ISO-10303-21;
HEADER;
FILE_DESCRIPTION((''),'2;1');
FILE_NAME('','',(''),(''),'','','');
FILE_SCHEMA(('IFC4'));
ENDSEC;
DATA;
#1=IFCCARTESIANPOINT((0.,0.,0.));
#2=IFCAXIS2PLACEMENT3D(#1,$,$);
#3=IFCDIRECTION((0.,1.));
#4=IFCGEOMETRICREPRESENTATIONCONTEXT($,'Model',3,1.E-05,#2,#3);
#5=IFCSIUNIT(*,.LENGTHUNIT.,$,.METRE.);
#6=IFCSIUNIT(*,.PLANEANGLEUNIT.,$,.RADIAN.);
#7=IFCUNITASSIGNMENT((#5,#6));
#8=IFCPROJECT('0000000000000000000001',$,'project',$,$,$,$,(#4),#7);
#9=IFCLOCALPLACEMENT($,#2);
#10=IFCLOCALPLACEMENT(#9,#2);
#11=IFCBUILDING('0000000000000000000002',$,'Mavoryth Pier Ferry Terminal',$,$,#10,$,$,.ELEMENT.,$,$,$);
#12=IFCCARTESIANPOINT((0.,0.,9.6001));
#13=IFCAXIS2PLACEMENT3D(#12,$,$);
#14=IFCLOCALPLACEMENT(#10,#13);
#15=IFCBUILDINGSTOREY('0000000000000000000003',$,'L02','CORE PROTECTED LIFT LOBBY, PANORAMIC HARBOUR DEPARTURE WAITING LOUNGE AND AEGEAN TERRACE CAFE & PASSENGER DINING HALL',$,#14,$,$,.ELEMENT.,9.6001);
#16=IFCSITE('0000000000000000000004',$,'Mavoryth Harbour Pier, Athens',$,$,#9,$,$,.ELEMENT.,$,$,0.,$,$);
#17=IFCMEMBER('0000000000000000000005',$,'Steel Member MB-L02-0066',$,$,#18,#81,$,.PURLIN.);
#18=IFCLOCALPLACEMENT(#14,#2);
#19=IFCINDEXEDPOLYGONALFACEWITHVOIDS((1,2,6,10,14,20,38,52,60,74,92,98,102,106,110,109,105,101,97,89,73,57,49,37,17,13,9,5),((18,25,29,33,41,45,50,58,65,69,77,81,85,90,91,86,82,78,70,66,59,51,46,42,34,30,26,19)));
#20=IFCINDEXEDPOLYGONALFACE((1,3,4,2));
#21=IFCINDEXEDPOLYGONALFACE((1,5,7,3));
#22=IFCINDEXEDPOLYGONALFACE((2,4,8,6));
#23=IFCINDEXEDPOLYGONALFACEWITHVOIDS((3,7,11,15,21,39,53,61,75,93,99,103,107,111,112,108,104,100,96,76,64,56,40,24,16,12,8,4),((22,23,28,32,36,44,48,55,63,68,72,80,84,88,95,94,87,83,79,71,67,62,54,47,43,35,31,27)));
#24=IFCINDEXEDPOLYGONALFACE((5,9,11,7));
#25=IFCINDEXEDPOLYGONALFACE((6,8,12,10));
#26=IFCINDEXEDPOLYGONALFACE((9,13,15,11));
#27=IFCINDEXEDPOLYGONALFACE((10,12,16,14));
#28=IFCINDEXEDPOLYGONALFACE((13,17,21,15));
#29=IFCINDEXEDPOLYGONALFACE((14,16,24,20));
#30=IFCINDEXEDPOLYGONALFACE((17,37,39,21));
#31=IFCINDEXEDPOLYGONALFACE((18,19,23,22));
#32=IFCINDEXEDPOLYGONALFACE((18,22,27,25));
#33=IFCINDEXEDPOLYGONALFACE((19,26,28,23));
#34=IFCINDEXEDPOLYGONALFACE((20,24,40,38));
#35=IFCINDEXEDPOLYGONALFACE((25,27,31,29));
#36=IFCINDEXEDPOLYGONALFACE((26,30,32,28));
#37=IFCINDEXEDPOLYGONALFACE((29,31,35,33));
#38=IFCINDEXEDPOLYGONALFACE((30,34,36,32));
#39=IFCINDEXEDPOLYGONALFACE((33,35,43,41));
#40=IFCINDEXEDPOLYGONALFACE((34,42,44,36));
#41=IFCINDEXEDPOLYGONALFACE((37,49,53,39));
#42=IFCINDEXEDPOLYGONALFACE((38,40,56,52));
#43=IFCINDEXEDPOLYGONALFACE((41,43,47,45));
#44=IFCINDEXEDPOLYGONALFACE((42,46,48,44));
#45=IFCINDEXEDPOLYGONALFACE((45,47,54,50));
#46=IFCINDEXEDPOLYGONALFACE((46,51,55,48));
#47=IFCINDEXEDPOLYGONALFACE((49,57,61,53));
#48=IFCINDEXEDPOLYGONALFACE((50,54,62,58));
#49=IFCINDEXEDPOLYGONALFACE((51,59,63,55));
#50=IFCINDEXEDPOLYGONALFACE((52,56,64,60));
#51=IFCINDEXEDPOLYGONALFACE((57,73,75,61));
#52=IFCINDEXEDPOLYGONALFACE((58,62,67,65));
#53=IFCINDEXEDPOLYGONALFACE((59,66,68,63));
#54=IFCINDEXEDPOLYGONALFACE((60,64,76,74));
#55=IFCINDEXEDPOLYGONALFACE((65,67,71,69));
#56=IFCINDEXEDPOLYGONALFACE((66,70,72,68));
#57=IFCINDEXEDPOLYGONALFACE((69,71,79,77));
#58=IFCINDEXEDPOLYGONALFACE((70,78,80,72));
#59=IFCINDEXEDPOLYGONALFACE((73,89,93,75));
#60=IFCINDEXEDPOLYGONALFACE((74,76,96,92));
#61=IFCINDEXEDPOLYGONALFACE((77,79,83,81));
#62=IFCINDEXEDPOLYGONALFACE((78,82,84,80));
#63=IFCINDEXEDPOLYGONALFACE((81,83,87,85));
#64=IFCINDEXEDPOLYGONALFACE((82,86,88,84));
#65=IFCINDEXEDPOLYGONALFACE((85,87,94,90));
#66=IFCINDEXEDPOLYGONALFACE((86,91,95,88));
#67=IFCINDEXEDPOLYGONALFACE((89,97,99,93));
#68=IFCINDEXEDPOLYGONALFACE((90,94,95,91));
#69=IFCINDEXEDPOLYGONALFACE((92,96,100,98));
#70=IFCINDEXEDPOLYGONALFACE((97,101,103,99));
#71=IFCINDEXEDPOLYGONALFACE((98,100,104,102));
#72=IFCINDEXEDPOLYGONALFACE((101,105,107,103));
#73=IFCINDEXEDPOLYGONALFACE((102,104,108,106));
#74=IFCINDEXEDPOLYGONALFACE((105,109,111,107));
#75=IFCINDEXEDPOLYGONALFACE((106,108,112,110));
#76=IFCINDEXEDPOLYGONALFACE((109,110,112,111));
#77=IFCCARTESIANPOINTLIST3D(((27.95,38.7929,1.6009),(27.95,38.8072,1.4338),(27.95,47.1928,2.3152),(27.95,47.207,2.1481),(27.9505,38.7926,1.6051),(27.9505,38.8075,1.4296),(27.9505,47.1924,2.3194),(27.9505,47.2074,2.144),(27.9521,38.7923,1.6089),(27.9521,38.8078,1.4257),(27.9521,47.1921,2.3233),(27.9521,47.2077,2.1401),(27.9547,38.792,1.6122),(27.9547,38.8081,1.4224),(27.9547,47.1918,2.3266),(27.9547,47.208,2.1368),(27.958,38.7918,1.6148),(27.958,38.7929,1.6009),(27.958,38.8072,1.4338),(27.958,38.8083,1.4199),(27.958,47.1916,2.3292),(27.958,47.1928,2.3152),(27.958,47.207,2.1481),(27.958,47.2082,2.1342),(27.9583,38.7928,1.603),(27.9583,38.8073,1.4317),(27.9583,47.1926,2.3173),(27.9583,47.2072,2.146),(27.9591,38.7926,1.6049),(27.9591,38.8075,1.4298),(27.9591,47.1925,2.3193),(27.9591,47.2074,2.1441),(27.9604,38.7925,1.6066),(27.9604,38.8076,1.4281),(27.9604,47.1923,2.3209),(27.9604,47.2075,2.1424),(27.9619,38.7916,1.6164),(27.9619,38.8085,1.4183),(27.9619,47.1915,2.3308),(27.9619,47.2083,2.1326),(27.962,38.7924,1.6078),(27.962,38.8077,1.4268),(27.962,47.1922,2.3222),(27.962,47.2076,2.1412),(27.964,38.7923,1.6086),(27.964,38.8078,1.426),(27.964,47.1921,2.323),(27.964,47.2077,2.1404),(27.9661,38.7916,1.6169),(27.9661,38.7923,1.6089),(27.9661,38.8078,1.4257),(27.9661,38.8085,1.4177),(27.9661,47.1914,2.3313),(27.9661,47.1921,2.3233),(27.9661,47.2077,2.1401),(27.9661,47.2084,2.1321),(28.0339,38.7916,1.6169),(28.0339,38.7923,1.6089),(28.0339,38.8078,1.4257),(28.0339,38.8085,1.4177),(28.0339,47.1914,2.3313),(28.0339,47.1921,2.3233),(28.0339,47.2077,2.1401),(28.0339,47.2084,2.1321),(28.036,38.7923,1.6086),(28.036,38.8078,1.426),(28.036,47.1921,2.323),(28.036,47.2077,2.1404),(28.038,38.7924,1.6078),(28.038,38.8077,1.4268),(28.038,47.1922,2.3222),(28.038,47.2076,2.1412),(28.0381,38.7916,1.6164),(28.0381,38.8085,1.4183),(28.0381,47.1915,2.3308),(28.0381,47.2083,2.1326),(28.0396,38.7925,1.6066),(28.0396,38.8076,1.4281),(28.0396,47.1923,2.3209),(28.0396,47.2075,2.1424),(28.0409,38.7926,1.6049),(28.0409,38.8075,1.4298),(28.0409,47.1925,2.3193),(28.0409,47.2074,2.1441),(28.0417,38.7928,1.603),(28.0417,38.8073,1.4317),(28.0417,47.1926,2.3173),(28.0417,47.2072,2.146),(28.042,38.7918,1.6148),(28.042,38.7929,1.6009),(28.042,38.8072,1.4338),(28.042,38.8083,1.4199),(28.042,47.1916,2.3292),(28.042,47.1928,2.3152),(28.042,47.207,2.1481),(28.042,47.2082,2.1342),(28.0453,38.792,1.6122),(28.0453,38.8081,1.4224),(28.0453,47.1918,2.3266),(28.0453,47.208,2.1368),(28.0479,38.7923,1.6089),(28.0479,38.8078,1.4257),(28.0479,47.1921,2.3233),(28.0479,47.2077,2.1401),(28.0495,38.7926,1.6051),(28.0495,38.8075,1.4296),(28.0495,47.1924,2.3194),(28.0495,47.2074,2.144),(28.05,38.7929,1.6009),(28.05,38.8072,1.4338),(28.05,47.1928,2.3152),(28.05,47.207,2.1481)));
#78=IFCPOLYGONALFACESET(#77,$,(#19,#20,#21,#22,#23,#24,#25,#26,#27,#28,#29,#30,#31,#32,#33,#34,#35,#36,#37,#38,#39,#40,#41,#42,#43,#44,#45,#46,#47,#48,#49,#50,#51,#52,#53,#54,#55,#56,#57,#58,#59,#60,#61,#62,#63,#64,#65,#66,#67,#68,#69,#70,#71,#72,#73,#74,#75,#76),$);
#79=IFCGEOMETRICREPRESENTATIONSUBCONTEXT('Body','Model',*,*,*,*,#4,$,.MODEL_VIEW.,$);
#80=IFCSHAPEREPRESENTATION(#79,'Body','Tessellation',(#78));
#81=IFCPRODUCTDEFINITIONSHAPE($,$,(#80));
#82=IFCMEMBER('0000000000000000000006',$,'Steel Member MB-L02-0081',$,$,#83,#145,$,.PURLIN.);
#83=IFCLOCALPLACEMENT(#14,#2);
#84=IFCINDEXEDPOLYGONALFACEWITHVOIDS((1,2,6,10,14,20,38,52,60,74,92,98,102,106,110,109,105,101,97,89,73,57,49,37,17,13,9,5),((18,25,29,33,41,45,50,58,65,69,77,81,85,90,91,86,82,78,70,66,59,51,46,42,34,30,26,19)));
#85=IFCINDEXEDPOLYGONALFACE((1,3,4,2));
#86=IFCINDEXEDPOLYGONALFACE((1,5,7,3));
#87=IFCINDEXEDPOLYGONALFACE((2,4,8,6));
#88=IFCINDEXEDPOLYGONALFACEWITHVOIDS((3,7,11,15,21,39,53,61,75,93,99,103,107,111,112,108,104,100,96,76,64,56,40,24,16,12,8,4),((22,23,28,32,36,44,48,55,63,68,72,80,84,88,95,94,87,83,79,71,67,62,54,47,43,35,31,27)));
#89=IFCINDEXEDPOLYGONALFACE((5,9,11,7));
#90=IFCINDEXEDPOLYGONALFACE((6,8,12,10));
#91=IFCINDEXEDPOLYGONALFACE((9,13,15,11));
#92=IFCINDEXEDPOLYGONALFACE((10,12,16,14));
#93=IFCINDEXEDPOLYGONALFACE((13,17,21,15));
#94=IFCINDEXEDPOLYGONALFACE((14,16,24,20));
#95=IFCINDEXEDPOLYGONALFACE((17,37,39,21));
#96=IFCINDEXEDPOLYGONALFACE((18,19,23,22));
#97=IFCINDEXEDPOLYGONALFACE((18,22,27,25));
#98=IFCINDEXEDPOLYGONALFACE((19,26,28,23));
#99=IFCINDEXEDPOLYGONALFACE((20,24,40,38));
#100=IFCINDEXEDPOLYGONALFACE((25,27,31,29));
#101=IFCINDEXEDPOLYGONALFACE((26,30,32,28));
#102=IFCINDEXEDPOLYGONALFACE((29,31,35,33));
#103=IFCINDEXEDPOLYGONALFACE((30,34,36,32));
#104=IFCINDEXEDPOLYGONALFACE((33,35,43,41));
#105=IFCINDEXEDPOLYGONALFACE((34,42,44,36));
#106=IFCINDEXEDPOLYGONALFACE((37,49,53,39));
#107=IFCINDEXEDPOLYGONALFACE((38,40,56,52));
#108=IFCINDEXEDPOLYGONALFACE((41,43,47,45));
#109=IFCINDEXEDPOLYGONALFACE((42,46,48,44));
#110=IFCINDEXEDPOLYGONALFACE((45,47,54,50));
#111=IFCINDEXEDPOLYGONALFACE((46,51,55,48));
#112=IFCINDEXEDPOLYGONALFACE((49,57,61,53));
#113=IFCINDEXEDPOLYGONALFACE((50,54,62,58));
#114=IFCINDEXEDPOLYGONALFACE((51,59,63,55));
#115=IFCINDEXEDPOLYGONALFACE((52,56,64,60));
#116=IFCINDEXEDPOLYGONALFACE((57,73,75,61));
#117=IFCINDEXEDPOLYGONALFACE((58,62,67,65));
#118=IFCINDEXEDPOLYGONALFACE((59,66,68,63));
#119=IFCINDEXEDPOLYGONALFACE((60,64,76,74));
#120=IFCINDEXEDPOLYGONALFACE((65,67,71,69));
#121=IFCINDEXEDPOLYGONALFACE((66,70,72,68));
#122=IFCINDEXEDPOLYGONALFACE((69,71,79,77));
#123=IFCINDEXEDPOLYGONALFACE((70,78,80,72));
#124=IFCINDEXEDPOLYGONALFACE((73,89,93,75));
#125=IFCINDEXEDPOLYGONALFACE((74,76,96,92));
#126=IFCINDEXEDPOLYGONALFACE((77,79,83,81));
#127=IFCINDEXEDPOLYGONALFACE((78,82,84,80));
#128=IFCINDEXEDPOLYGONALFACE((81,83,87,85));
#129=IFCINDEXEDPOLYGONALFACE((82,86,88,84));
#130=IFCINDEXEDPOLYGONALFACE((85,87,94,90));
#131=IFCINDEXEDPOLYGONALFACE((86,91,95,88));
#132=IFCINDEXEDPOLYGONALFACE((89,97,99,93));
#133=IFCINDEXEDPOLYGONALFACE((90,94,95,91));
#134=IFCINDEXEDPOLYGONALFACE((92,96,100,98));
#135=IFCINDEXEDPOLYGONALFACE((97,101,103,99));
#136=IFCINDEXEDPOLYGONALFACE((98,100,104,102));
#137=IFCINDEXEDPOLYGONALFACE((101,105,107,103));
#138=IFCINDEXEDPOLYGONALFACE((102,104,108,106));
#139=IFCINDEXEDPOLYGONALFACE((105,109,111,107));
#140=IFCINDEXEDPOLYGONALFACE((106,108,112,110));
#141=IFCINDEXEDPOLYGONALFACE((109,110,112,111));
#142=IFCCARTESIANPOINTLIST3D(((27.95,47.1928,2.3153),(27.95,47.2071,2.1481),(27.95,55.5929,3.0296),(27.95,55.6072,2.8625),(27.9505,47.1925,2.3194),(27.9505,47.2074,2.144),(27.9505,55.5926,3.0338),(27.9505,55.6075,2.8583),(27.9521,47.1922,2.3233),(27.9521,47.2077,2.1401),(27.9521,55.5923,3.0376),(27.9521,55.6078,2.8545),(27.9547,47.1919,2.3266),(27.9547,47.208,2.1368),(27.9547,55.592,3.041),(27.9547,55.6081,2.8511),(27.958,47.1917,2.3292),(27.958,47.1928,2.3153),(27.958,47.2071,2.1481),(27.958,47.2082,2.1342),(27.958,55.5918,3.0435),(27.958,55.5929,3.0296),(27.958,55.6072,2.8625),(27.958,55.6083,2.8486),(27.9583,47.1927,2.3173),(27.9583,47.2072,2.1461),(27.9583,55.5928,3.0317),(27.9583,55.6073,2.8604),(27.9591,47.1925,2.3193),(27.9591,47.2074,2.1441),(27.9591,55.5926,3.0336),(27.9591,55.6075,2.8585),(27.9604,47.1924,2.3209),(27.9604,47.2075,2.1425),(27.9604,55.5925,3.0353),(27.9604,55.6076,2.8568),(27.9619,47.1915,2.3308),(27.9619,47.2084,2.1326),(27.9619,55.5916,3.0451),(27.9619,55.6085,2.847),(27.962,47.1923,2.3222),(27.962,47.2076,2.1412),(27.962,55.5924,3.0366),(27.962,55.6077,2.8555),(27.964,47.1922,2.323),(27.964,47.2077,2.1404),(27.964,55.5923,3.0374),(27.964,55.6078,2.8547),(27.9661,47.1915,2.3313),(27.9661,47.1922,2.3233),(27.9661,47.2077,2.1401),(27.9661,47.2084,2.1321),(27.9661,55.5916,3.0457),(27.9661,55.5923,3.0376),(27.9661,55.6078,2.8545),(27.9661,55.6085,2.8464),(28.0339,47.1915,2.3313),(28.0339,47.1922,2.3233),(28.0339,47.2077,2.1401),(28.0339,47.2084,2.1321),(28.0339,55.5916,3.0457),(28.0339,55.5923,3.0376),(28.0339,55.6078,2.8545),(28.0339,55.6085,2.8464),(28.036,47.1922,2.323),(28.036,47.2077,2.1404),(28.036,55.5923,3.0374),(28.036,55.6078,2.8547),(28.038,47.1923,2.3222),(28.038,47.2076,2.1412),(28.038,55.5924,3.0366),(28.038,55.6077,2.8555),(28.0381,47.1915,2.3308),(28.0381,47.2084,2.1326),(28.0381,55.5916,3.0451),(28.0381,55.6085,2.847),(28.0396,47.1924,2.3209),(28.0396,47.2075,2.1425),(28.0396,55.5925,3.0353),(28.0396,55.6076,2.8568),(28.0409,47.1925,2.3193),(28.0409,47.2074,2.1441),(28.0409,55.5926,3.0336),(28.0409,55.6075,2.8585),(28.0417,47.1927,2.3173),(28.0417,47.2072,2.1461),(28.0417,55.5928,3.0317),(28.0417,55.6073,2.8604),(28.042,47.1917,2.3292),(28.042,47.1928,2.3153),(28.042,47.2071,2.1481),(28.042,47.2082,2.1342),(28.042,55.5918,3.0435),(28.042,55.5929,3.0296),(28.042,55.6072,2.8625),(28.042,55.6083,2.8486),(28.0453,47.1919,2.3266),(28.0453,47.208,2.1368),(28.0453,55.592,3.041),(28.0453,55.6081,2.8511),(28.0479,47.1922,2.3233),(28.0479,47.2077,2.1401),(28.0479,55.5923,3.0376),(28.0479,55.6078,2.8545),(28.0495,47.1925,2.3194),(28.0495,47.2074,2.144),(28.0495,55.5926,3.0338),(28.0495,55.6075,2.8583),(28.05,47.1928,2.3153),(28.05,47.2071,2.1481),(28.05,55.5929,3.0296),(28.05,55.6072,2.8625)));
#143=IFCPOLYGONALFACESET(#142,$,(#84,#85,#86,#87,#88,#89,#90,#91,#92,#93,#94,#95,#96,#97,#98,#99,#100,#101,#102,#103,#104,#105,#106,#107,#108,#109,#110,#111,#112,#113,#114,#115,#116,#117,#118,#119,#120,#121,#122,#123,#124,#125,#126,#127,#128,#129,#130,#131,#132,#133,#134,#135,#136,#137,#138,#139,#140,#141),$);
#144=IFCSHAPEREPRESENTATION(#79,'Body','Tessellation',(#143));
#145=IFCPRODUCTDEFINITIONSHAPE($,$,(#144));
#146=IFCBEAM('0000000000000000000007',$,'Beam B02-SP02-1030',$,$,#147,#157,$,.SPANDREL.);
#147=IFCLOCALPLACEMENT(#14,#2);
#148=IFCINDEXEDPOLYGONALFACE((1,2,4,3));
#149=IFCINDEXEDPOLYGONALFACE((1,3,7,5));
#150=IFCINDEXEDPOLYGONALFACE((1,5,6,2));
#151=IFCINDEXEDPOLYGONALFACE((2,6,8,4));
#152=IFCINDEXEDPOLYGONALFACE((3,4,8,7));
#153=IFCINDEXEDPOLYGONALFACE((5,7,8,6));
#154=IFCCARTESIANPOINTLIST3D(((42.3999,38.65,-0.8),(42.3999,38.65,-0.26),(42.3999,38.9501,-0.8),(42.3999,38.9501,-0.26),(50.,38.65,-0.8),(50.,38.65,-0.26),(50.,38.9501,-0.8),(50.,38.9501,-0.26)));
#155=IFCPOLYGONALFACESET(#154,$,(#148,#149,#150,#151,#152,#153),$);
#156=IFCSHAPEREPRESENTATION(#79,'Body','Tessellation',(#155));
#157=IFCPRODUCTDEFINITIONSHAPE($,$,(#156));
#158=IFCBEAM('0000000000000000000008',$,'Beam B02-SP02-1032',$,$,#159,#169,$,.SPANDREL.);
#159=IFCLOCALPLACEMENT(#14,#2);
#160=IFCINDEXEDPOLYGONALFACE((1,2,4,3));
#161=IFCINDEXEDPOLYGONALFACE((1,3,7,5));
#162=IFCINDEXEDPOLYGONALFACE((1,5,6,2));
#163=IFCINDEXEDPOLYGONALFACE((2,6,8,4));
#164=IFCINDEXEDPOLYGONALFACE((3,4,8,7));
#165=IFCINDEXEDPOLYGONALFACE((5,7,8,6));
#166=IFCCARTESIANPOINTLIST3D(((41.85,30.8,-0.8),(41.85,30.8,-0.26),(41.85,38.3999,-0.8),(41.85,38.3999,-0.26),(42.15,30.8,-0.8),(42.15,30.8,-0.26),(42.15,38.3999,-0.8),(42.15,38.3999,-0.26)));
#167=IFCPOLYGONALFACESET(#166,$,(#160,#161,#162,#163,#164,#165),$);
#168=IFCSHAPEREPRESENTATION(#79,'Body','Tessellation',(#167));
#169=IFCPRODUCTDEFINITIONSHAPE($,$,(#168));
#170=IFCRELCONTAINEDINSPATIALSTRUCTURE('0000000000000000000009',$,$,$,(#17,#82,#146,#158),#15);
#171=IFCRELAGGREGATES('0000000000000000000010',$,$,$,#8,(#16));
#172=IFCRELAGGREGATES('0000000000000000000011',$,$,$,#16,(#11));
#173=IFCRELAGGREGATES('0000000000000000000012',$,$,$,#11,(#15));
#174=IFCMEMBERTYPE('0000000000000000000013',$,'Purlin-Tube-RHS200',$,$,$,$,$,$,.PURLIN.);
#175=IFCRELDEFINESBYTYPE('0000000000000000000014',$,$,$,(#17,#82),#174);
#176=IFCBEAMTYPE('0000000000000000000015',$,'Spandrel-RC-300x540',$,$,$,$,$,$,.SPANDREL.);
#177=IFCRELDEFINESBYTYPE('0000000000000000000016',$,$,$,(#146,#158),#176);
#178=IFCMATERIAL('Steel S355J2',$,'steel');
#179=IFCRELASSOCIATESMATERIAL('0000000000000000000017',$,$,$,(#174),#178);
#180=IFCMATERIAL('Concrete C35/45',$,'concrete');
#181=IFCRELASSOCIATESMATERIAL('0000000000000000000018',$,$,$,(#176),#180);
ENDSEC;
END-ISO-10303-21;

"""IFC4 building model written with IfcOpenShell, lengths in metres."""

from ifc_helpers import new_model, si_unit, direction, frame, origin, origin_2d, place, context, subcontext, project, spatial, rectangle, hollow_rectangle, extrude, material, material_profile, profile_set, type_object, element, save


model = new_model("IFC4")

# Units and contexts
model_context = context("Model", 3, precision=1e-05, world=origin(), true_north=direction((0.0, 1.0)))
body_context = subcontext(model_context, "Body", "Model", "MODEL_VIEW")
ifc_project = project(units=[si_unit("LENGTHUNIT", "METRE"), si_unit("PLANEANGLEUNIT", "RADIAN")], contexts=[model_context])

# Site, building, storey
site_placement = place(None, origin())
site = spatial("IfcSite", under=ifc_project, at=site_placement, Name="Mavoryth Harbour Pier, Athens", CompositionType="ELEMENT", RefElevation=0.0)
building_placement = place(site_placement, origin())
building = spatial("IfcBuilding", under=site, at=building_placement, Name="Mavoryth Pier Ferry Terminal", CompositionType="ELEMENT")
storey_placement = place(building_placement, frame((0.0, 0.0, 9.6001)))
storey = spatial("IfcBuildingStorey", under=building, at=storey_placement, Name="L02", Description="CORE PROTECTED LIFT LOBBY, PANORAMIC HARBOUR DEPARTURE WAITING LOUNGE AND AEGEAN TERRACE CAFE & PASSENGER DINING HALL", CompositionType="ELEMENT", Elevation=9.6001)

# Shared definitions
ifc_material_1 = material(Name="Steel S355J2", Category="steel")

# Shared definitions
ifc_material_2 = material(Name="Concrete C35/45", Category="concrete")

# Members
ifc_material_profile_1 = material_profile(ifc_material_1, hollow_rectangle(XDim=0.1001, YDim=0.2, WallThickness=0.0081, InnerFilletRadius=0.0081, OuterFilletRadius=0.0161, at=origin_2d()), Name="RHS 200x100x8.0", Category="steel")
ifc_profile_set_1 = profile_set([ifc_material_profile_1], Name="Steel S355J2 - RHS 200x100x8.0")
member_type_1 = type_object("IfcMemberType", Name="Purlin-Tube-RHS200", PredefinedType="PURLIN", material=ifc_profile_set_1)
member_1_placement = place(storey_placement, frame((28.0, 38.8, 1.5173), z_axis=(0.0, 0.996403, 0.084737), x_axis=(-1.0, 0.0, 0.0)))
element("IfcMember", 1, at=member_1_placement, inside=storey, type_object=member_type_1, Name="Steel Member MB-L02-0066", PredefinedType="PURLIN", context=body_context, shape_type="SweptSolid", body=[
    extrude(hollow_rectangle(XDim=0.1001, YDim=0.2, WallThickness=0.0081, InnerFilletRadius=0.0081, OuterFilletRadius=0.0161, at=origin_2d()), origin(), (0.0, 0.0, 1.0), 8.4302),
])
member_2_placement = place(storey_placement, frame((28.0, 47.2, 2.2317), z_axis=(0.0, 0.996404, 0.084735), x_axis=(-1.0, 0.0, 0.0)))
element("IfcMember", 2, at=member_2_placement, inside=storey, type_object=member_type_1, Name="Steel Member MB-L02-0081", PredefinedType="PURLIN", context=body_context, shape_type="SweptSolid", body=[
    extrude(hollow_rectangle(XDim=0.1001, YDim=0.2, WallThickness=0.0081, InnerFilletRadius=0.0081, OuterFilletRadius=0.0161, at=origin_2d()), origin(), (0.0, 0.0, 1.0), 8.4304),
])

# Beams
ifc_material_profile_2 = material_profile(ifc_material_2, rectangle(XDim=0.3, YDim=0.54, at=origin_2d()), Name="RC 300x540", Category="concrete")
ifc_profile_set_2 = profile_set([ifc_material_profile_2], Name="Concrete C35/45 - RC 300x540")
beam_type_1 = type_object("IfcBeamType", Name="Spandrel-RC-300x540", PredefinedType="SPANDREL", material=ifc_profile_set_2)
beam_1_placement = place(storey_placement, frame((42.3999, 38.8, -0.53), z_axis=(1.0, 0.0, 0.0), x_axis=(0.0, 1.0, 0.0)))
element("IfcBeam", 3, at=beam_1_placement, inside=storey, type_object=beam_type_1, Name="Beam B02-SP02-1030", PredefinedType="SPANDREL", context=body_context, shape_type="SweptSolid", body=[
    extrude(rectangle(XDim=0.3, YDim=0.54, at=origin_2d()), origin(), (0.0, 0.0, 1.0), 7.6001),
])
beam_2_placement = place(storey_placement, frame((42.0, 30.8, -0.53), z_axis=(0.0, 1.0, 0.0), x_axis=(-1.0, 0.0, 0.0)))
element("IfcBeam", 4, at=beam_2_placement, inside=storey, type_object=beam_type_1, Name="Beam B02-SP02-1032", PredefinedType="SPANDREL", context=body_context, shape_type="SweptSolid", body=[
    extrude(rectangle(XDim=0.3, YDim=0.54, at=origin_2d()), origin(), (0.0, 0.0, 1.0), 7.5999),
])

save(model, "model.ifc")
